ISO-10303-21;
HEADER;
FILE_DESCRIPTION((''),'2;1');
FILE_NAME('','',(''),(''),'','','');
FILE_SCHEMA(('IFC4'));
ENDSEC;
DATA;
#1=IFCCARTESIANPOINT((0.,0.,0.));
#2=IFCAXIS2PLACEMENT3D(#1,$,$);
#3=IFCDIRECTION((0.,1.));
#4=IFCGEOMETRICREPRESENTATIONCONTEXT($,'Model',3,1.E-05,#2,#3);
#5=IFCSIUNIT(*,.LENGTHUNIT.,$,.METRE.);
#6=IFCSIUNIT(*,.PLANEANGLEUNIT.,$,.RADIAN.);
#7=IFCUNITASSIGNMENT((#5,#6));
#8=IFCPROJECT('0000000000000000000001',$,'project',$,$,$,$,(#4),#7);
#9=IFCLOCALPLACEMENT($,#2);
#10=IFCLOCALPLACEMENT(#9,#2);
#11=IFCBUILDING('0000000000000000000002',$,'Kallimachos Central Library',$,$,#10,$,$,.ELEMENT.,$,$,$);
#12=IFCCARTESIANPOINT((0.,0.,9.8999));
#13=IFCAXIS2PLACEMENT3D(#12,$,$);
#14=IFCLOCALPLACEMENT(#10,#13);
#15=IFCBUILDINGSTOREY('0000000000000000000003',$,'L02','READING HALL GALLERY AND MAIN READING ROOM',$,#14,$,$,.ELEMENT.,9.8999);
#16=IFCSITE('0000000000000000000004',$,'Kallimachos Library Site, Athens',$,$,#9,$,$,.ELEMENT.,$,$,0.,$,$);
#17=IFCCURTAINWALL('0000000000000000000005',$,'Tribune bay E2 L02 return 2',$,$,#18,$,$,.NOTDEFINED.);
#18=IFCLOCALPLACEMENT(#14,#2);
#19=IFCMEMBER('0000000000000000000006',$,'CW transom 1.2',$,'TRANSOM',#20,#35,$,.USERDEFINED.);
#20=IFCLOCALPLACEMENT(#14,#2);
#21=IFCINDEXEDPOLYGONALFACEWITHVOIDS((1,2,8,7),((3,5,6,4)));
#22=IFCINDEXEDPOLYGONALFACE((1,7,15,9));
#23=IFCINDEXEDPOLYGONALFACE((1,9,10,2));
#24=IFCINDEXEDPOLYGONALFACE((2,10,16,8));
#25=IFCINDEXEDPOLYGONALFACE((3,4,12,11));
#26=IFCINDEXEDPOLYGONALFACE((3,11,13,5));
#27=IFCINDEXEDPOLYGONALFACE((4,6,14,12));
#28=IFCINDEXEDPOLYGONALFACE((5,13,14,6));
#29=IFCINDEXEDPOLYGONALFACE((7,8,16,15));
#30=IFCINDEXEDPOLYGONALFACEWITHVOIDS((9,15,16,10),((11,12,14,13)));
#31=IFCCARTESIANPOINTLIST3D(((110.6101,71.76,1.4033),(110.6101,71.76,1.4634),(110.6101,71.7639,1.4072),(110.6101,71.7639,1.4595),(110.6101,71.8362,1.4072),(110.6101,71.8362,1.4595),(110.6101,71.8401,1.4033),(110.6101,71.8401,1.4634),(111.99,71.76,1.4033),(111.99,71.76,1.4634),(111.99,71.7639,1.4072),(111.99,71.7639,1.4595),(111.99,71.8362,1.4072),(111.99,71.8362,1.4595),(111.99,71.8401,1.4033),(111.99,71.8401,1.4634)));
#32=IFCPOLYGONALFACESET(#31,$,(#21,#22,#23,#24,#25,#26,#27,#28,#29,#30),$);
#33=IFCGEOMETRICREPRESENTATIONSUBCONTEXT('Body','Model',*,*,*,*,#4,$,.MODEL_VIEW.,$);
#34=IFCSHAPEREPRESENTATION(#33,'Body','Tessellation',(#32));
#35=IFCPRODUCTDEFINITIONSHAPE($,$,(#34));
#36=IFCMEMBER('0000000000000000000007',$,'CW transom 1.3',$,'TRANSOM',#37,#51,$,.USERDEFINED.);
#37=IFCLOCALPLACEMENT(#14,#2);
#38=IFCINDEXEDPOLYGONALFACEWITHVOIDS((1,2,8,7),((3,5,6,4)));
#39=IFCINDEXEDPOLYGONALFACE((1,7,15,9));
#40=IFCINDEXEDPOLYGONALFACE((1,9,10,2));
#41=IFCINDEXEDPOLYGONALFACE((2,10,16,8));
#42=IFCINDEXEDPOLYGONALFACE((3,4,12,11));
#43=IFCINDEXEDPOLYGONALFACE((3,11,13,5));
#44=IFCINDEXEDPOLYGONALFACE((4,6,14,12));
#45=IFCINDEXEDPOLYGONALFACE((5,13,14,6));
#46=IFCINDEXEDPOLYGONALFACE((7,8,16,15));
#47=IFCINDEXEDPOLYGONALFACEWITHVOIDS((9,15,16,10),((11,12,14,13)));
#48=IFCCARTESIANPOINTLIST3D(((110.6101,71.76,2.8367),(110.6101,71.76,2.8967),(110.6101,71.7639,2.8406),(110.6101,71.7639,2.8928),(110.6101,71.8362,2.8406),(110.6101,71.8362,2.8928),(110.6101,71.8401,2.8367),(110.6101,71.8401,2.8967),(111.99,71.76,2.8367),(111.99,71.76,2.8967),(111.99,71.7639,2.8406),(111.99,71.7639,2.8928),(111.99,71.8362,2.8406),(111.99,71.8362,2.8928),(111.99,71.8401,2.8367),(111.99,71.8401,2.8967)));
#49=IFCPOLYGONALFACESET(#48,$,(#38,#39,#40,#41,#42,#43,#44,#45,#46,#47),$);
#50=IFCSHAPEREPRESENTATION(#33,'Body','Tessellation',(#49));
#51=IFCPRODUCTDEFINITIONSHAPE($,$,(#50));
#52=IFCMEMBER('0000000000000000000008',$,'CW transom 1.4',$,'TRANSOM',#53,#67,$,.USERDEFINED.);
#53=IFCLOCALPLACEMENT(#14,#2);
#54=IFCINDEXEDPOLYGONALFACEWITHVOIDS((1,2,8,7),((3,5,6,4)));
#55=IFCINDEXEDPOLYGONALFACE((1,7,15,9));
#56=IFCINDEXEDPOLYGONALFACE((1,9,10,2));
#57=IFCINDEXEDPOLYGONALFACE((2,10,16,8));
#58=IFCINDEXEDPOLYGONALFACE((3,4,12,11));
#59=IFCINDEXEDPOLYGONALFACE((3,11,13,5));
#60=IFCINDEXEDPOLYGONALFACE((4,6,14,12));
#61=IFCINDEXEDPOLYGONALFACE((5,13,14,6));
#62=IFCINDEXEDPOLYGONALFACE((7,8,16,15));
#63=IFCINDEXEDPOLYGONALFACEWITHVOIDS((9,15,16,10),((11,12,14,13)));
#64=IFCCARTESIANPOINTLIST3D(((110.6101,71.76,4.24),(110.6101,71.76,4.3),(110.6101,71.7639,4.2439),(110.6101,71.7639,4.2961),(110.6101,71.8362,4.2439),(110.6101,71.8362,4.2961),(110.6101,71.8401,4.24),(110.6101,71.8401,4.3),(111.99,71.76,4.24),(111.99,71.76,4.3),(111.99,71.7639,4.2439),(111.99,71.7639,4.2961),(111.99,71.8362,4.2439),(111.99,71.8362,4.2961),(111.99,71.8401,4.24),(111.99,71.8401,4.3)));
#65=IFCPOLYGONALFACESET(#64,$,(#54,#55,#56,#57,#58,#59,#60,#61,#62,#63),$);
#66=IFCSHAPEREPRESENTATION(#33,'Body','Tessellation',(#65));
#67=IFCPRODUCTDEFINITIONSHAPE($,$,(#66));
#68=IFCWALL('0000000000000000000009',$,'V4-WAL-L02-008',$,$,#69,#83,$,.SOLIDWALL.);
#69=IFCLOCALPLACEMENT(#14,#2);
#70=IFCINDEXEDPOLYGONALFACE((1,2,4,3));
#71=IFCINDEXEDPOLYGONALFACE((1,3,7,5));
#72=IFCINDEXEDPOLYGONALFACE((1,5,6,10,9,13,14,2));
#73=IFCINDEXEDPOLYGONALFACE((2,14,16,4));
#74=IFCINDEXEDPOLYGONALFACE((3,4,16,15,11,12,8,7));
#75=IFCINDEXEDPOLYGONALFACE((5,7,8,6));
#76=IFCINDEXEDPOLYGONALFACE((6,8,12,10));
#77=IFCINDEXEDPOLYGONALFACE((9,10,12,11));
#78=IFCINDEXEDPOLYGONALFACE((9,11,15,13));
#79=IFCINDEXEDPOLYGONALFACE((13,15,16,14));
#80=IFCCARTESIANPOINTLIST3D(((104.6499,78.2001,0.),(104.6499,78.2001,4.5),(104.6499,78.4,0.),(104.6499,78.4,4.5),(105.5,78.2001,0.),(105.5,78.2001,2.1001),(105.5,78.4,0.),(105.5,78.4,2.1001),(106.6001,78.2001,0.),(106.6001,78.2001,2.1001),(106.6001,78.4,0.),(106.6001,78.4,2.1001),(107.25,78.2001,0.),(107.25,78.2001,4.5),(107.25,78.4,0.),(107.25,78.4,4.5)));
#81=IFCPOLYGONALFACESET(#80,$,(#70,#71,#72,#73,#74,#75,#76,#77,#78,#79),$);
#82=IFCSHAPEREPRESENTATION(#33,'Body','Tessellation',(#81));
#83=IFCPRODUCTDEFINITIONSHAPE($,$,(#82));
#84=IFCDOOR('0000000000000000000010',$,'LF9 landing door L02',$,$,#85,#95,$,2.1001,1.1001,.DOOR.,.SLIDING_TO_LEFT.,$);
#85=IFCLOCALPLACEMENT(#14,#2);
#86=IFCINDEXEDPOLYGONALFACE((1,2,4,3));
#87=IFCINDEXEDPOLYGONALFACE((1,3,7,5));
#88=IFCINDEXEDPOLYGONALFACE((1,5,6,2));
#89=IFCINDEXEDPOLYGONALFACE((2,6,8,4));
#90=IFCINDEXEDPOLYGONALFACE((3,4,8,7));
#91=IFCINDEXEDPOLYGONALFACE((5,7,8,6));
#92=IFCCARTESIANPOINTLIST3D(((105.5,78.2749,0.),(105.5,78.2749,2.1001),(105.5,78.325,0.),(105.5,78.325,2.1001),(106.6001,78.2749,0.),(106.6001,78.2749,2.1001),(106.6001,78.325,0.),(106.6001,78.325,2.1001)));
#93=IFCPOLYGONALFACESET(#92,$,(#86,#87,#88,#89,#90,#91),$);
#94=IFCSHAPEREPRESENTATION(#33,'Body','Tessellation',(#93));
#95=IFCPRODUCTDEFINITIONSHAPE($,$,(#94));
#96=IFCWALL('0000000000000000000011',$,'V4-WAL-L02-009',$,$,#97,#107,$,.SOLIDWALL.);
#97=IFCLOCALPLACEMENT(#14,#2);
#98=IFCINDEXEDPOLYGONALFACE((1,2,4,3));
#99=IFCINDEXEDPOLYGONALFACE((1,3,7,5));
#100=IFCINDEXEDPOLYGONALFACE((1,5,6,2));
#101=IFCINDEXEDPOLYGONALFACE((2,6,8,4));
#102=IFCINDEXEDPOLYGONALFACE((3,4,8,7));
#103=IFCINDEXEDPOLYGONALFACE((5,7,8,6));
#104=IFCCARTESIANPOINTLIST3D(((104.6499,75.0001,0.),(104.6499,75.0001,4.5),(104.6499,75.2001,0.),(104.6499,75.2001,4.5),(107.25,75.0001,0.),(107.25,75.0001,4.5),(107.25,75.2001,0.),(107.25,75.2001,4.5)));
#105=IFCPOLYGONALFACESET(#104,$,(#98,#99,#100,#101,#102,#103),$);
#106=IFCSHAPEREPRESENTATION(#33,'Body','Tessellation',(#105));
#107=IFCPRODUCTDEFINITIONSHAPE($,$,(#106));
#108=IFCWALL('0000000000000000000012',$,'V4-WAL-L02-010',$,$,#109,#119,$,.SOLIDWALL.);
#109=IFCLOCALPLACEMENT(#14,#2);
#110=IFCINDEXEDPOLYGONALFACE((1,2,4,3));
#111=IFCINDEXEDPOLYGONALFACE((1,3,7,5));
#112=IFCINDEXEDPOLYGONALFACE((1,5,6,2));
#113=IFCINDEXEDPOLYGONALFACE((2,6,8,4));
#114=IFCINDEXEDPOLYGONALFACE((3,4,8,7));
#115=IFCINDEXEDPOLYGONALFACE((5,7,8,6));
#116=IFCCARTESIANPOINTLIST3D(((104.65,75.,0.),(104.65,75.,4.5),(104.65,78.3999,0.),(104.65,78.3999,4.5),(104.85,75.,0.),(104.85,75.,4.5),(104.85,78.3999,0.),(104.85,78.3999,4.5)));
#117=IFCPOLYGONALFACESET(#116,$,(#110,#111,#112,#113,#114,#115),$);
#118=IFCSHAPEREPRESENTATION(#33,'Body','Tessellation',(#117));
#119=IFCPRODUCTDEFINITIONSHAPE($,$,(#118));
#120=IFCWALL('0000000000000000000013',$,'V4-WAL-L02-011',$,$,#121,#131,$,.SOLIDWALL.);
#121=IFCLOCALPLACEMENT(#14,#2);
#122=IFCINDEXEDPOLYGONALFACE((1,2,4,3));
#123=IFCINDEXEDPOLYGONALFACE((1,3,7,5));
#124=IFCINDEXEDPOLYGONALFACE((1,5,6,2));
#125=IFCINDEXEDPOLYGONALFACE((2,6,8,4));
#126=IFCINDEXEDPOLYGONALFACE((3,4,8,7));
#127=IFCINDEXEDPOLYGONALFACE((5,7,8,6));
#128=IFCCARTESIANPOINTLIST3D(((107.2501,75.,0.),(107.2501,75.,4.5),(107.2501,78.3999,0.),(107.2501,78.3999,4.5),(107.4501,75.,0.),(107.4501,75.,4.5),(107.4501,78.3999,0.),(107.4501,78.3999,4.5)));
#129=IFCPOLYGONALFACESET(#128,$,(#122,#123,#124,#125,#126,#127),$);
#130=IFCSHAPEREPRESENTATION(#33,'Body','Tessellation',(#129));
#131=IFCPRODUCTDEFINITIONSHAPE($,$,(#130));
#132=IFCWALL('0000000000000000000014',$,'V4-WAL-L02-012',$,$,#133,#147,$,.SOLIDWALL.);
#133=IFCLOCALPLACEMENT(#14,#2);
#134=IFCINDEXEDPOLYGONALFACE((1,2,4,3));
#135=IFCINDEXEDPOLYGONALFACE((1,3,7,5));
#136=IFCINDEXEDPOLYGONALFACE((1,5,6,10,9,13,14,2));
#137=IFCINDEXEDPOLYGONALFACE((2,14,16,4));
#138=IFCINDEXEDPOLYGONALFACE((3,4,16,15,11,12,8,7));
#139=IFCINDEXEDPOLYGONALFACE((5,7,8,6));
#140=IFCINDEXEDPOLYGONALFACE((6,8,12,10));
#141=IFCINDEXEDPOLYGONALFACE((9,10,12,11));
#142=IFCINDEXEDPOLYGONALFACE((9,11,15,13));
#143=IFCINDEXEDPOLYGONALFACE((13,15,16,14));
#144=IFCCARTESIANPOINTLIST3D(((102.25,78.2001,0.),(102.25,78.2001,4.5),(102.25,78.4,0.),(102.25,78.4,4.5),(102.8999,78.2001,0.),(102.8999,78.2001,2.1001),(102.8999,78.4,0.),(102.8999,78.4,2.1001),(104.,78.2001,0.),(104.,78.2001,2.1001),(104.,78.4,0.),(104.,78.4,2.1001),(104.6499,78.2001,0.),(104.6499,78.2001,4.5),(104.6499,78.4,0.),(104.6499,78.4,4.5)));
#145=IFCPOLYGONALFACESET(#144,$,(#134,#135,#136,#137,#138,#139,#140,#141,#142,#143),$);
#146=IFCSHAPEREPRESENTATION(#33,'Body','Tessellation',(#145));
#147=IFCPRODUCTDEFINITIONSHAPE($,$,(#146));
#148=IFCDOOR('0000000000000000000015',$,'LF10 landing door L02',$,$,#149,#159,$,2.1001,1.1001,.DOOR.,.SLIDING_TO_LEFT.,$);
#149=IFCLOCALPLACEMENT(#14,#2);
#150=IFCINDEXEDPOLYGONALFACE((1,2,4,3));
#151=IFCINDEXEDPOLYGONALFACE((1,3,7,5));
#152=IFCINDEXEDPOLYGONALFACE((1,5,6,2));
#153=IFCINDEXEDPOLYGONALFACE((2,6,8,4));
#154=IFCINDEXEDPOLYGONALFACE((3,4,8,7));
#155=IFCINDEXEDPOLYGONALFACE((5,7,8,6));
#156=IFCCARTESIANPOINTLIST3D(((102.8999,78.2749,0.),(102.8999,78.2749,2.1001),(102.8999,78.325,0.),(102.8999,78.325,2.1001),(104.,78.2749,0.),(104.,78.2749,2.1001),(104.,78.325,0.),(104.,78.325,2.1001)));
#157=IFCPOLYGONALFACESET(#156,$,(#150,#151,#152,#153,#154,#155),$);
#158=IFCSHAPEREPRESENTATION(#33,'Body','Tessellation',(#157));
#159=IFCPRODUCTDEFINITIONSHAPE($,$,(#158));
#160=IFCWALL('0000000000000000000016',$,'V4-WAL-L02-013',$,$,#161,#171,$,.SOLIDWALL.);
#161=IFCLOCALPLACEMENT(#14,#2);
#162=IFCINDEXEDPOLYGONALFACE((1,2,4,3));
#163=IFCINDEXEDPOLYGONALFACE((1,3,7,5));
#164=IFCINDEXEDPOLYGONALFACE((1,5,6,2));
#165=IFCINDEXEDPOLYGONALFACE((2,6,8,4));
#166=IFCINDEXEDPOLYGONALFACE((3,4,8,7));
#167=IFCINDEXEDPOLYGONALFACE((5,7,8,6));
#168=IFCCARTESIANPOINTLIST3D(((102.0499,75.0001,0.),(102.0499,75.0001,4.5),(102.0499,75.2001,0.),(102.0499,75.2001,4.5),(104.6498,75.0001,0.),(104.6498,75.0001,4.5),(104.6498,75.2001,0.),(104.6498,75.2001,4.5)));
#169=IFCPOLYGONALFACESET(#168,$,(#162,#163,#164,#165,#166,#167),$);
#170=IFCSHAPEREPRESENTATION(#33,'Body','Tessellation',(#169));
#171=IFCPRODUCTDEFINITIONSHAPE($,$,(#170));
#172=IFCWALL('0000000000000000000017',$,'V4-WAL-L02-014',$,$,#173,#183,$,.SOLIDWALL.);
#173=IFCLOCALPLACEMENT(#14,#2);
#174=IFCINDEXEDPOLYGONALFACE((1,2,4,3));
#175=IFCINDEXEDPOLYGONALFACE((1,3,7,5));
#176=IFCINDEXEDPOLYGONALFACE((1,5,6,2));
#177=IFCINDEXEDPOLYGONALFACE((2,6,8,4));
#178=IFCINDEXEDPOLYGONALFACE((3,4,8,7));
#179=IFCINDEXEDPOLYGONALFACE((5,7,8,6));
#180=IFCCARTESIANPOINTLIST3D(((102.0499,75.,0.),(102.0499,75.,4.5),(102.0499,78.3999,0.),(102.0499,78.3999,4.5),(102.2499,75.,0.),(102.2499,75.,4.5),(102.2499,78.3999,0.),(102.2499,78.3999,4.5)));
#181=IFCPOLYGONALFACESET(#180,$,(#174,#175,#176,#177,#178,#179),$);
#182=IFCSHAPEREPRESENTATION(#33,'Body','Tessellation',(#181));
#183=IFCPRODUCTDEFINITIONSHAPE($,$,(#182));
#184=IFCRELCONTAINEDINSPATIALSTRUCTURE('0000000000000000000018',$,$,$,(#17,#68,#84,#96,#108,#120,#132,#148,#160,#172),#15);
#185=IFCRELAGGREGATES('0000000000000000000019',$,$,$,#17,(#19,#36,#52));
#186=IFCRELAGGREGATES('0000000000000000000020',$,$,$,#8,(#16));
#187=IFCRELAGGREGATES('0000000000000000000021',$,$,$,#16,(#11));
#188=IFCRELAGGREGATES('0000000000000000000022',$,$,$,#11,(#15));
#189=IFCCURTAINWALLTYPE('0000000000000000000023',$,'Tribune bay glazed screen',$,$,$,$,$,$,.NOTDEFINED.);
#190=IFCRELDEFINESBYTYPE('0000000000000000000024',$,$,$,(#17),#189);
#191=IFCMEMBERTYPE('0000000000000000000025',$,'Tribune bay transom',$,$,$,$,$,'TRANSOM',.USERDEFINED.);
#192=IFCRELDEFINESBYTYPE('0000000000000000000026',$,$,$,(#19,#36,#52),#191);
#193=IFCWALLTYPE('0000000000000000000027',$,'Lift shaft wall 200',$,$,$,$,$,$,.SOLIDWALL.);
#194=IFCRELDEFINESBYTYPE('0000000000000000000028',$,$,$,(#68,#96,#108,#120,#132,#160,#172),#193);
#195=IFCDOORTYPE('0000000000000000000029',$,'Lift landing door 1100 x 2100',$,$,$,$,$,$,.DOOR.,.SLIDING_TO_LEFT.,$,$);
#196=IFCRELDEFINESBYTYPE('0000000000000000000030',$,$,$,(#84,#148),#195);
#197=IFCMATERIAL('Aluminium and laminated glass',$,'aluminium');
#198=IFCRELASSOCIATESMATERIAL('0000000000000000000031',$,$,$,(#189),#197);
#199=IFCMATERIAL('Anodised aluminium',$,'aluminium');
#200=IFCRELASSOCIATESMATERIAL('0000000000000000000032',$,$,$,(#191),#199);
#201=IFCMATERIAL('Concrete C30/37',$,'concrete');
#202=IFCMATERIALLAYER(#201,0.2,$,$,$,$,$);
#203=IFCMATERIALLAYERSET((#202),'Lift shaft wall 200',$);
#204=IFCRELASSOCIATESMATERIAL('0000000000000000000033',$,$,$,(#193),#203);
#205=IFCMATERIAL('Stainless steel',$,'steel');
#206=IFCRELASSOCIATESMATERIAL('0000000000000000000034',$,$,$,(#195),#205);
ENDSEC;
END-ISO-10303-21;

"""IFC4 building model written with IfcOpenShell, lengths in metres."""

from ifc_helpers import new_model, si_unit, direction, frame, frame_2d, origin, origin_2d, place, context, subcontext, project, spatial, rectangle, hollow_rectangle, extrude, material, layer, layer_set, material_profile, profile_set, type_object, element, fill, aggregate, save


model = new_model("IFC4")

# Units and contexts
model_context = context("Model", 3, precision=1e-05, world=origin(), true_north=direction((0.0, 1.0)))
body_context = subcontext(model_context, "Body", "Model", "MODEL_VIEW")
ifc_project = project(units=[si_unit("LENGTHUNIT", "METRE"), si_unit("PLANEANGLEUNIT", "RADIAN")], contexts=[model_context])

# Site, building, storey
site_placement = place(None, origin())
site = spatial("IfcSite", under=ifc_project, at=site_placement, Name="Kallimachos Library Site, Athens", CompositionType="ELEMENT", RefElevation=0.0)
building_placement = place(site_placement, origin())
building = spatial("IfcBuilding", under=site, at=building_placement, Name="Kallimachos Central Library", CompositionType="ELEMENT")
storey_placement = place(building_placement, frame((0.0, 0.0, 9.8999)))
storey = spatial("IfcBuildingStorey", under=building, at=storey_placement, Name="L02", Description="READING HALL GALLERY AND MAIN READING ROOM", CompositionType="ELEMENT", Elevation=9.8999)

# Curtain wall, members
ifc_material_1 = material(Name="Aluminium and laminated glass", Category="aluminium")
curtain_wall_type_1 = type_object("IfcCurtainWallType", Name="Tribune bay glazed screen", PredefinedType="NOTDEFINED", material=ifc_material_1)
curtain_wall_1_placement = place(storey_placement, origin())
curtain_wall_1 = element("IfcCurtainWall", 1, at=curtain_wall_1_placement, inside=storey, type_object=curtain_wall_type_1, Name="Tribune bay E2 L02 return 2", PredefinedType="NOTDEFINED")
ifc_material_2 = material(Name="Anodised aluminium", Category="aluminium")
ifc_material_profile_1 = material_profile(ifc_material_2, hollow_rectangle(XDim=0.0601, YDim=0.0801, WallThickness=0.0039, at=origin_2d()), Name="ALU TRANSOM 60x80")
ifc_profile_set_1 = profile_set([ifc_material_profile_1], Name="Anodised aluminium")
member_type_1 = type_object("IfcMemberType", Name="Tribune bay transom", ElementType="TRANSOM", PredefinedType="USERDEFINED", material=ifc_profile_set_1)
member_1_placement = place(storey_placement, frame((110.6101, 71.8, 1.4333), z_axis=(1.0, 0.0, 0.0), x_axis=(0.0, 0.0, 1.0)))
member_1 = element("IfcMember", 2, at=member_1_placement, type_object=member_type_1, Name="CW transom 1.2", ObjectType="TRANSOM", PredefinedType="USERDEFINED", context=body_context, shape_type="SweptSolid", body=[
    extrude(hollow_rectangle(XDim=0.0601, YDim=0.0801, WallThickness=0.0039, at=origin_2d()), origin(), (0.0, 0.0, 1.0), 1.3799),
])
member_2_placement = place(storey_placement, frame((110.6101, 71.8, 2.8667), z_axis=(1.0, 0.0, 0.0), x_axis=(0.0, 0.0, 1.0)))
member_2 = element("IfcMember", 3, at=member_2_placement, type_object=member_type_1, Name="CW transom 1.3", ObjectType="TRANSOM", PredefinedType="USERDEFINED", context=body_context, shape_type="SweptSolid", body=[
    extrude(hollow_rectangle(XDim=0.0601, YDim=0.0801, WallThickness=0.0039, at=origin_2d()), origin(), (0.0, 0.0, 1.0), 1.3799),
])
member_3_placement = place(storey_placement, frame((110.6101, 71.8, 4.27), z_axis=(1.0, 0.0, 0.0), x_axis=(0.0, 0.0, 1.0)))
member_3 = element("IfcMember", 4, at=member_3_placement, type_object=member_type_1, Name="CW transom 1.4", ObjectType="TRANSOM", PredefinedType="USERDEFINED", context=body_context, shape_type="SweptSolid", body=[
    extrude(hollow_rectangle(XDim=0.0601, YDim=0.0801, WallThickness=0.0039, at=origin_2d()), origin(), (0.0, 0.0, 1.0), 1.3799),
])
aggregate(curtain_wall_1, [member_1, member_2, member_3])

# Wall, opening, door
ifc_material_3 = material(Name="Concrete C30/37", Category="concrete")
ifc_layer_1 = layer(ifc_material_3, 0.2)
ifc_layer_set_1 = layer_set([ifc_layer_1], Name="Lift shaft wall 200")
wall_type_1 = type_object("IfcWallType", Name="Lift shaft wall 200", PredefinedType="SOLIDWALL", material=ifc_layer_set_1)
wall_1_placement = place(storey_placement, frame((104.6499, 78.3, 0.0), z_axis=(0.0, 0.0, 1.0), x_axis=(1.0, 0.0, 0.0)))
wall_1 = element("IfcWall", 5, at=wall_1_placement, inside=storey, type_object=wall_type_1, Name="V4-WAL-L02-008", PredefinedType="SOLIDWALL", context=body_context, shape_type="SweptSolid", body=[
    extrude(rectangle(XDim=2.6001, YDim=0.2, at=frame_2d((1.3, 0.0))), origin(), (0.0, 0.0, 1.0), 4.5),
])
opening_1_placement = place(wall_1_placement, frame((0.8501, 0.0, 0.0)))
opening_1 = element("IfcOpeningElement", 6, at=opening_1_placement, cuts=wall_1, PredefinedType="OPENING", context=body_context, shape_type="SweptSolid", body=[
    extrude(rectangle(XDim=1.1001, YDim=2.1001, at=frame_2d((0.55, 1.05))), frame((0.0, 0.1099, 0.0), z_axis=(0.0, -1.0, 0.0), x_axis=(1.0, 0.0, 0.0)), (0.0, 0.0, 1.0), 0.22),
])
ifc_material_4 = material(Name="Stainless steel", Category="steel")
door_type_1 = type_object("IfcDoorType", Name="Lift landing door 1100 x 2100", OperationType="SLIDING_TO_LEFT", PredefinedType="DOOR", material=ifc_material_4)
door_1_placement = place(opening_1_placement, origin())
door_1 = element("IfcDoor", 7, at=door_1_placement, inside=storey, type_object=door_type_1, Name="LF9 landing door L02", OperationType="SLIDING_TO_LEFT", OverallHeight=2.1001, OverallWidth=1.1001, PredefinedType="DOOR", context=body_context, shape_type="SweptSolid", body=[
    extrude(rectangle(XDim=1.1001, YDim=2.1001, at=frame_2d((0.55, 1.05))), frame((0.0, 0.0249, 0.0), z_axis=(0.0, -1.0, 0.0), x_axis=(1.0, 0.0, 0.0)), (0.0, 0.0, 1.0), 0.05),
])
fill(opening_1, door_1)

# Walls
wall_2_placement = place(storey_placement, frame((104.6499, 75.1001, 0.0), z_axis=(0.0, 0.0, 1.0), x_axis=(1.0, 0.0, 0.0)))
element("IfcWall", 8, at=wall_2_placement, inside=storey, type_object=wall_type_1, Name="V4-WAL-L02-009", PredefinedType="SOLIDWALL", context=body_context, shape_type="SweptSolid", body=[
    extrude(rectangle(XDim=2.6001, YDim=0.2, at=frame_2d((1.3, 0.0))), origin(), (0.0, 0.0, 1.0), 4.5),
])
for number, where, z_axis, x_axis, name in (
    (9, (104.75, 75.0, 0.0), (0.0, 0.0, 1.0), (0.0, 1.0, 0.0), "V4-WAL-L02-010"),
    (10, (107.3501, 75.0, 0.0), (0.0, 0.0, 1.0), (0.0, 1.0, 0.0), "V4-WAL-L02-011"),
):
    element("IfcWall", number, at=place(storey_placement, frame(where, z_axis=z_axis, x_axis=x_axis)), inside=storey, type_object=wall_type_1, Name=name, PredefinedType="SOLIDWALL", context=body_context, shape_type="SweptSolid", body=[
        extrude(rectangle(XDim=3.3999, YDim=0.2, at=frame_2d((1.7, 0.0))), origin(), (0.0, 0.0, 1.0), 4.5),
    ])

# Wall, opening, door
wall_3_placement = place(storey_placement, frame((102.25, 78.3, 0.0), z_axis=(0.0, 0.0, 1.0), x_axis=(1.0, 0.0, 0.0)))
wall_3 = element("IfcWall", 11, at=wall_3_placement, inside=storey, type_object=wall_type_1, Name="V4-WAL-L02-012", PredefinedType="SOLIDWALL", context=body_context, shape_type="SweptSolid", body=[
    extrude(rectangle(XDim=2.3999, YDim=0.2, at=frame_2d((1.2, 0.0))), origin(), (0.0, 0.0, 1.0), 4.5),
])
opening_2_placement = place(wall_3_placement, frame((0.6499, 0.0, 0.0)))
opening_2 = element("IfcOpeningElement", 12, at=opening_2_placement, cuts=wall_3, PredefinedType="OPENING", context=body_context, shape_type="SweptSolid", body=[
    extrude(rectangle(XDim=1.1001, YDim=2.1001, at=frame_2d((0.55, 1.05))), frame((0.0, 0.1099, 0.0), z_axis=(0.0, -1.0, 0.0), x_axis=(1.0, 0.0, 0.0)), (0.0, 0.0, 1.0), 0.22),
])
door_2_placement = place(opening_2_placement, origin())
door_2 = element("IfcDoor", 13, at=door_2_placement, inside=storey, type_object=door_type_1, Name="LF10 landing door L02", OperationType="SLIDING_TO_LEFT", OverallHeight=2.1001, OverallWidth=1.1001, PredefinedType="DOOR", context=body_context, shape_type="SweptSolid", body=[
    extrude(rectangle(XDim=1.1001, YDim=2.1001, at=frame_2d((0.55, 1.05))), frame((0.0, 0.0249, 0.0), z_axis=(0.0, -1.0, 0.0), x_axis=(1.0, 0.0, 0.0)), (0.0, 0.0, 1.0), 0.05),
])
fill(opening_2, door_2)

# Walls
wall_4_placement = place(storey_placement, frame((102.05, 75.1001, 0.0), z_axis=(0.0, 0.0, 1.0), x_axis=(1.0, 0.0, 0.0)))
element("IfcWall", 14, at=wall_4_placement, inside=storey, type_object=wall_type_1, Name="V4-WAL-L02-013", PredefinedType="SOLIDWALL", context=body_context, shape_type="SweptSolid", body=[
    extrude(rectangle(XDim=2.5999, YDim=0.2, at=frame_2d((1.2998, 0.0))), origin(), (0.0, 0.0, 1.0), 4.5),
])
wall_5_placement = place(storey_placement, frame((102.1499, 75.0, 0.0), z_axis=(0.0, 0.0, 1.0), x_axis=(0.0, 1.0, 0.0)))
element("IfcWall", 15, at=wall_5_placement, inside=storey, type_object=wall_type_1, Name="V4-WAL-L02-014", PredefinedType="SOLIDWALL", context=body_context, shape_type="SweptSolid", body=[
    extrude(rectangle(XDim=3.3999, YDim=0.2, at=frame_2d((1.7, 0.0))), origin(), (0.0, 0.0, 1.0), 4.5),
])

save(model, "model.ifc")
